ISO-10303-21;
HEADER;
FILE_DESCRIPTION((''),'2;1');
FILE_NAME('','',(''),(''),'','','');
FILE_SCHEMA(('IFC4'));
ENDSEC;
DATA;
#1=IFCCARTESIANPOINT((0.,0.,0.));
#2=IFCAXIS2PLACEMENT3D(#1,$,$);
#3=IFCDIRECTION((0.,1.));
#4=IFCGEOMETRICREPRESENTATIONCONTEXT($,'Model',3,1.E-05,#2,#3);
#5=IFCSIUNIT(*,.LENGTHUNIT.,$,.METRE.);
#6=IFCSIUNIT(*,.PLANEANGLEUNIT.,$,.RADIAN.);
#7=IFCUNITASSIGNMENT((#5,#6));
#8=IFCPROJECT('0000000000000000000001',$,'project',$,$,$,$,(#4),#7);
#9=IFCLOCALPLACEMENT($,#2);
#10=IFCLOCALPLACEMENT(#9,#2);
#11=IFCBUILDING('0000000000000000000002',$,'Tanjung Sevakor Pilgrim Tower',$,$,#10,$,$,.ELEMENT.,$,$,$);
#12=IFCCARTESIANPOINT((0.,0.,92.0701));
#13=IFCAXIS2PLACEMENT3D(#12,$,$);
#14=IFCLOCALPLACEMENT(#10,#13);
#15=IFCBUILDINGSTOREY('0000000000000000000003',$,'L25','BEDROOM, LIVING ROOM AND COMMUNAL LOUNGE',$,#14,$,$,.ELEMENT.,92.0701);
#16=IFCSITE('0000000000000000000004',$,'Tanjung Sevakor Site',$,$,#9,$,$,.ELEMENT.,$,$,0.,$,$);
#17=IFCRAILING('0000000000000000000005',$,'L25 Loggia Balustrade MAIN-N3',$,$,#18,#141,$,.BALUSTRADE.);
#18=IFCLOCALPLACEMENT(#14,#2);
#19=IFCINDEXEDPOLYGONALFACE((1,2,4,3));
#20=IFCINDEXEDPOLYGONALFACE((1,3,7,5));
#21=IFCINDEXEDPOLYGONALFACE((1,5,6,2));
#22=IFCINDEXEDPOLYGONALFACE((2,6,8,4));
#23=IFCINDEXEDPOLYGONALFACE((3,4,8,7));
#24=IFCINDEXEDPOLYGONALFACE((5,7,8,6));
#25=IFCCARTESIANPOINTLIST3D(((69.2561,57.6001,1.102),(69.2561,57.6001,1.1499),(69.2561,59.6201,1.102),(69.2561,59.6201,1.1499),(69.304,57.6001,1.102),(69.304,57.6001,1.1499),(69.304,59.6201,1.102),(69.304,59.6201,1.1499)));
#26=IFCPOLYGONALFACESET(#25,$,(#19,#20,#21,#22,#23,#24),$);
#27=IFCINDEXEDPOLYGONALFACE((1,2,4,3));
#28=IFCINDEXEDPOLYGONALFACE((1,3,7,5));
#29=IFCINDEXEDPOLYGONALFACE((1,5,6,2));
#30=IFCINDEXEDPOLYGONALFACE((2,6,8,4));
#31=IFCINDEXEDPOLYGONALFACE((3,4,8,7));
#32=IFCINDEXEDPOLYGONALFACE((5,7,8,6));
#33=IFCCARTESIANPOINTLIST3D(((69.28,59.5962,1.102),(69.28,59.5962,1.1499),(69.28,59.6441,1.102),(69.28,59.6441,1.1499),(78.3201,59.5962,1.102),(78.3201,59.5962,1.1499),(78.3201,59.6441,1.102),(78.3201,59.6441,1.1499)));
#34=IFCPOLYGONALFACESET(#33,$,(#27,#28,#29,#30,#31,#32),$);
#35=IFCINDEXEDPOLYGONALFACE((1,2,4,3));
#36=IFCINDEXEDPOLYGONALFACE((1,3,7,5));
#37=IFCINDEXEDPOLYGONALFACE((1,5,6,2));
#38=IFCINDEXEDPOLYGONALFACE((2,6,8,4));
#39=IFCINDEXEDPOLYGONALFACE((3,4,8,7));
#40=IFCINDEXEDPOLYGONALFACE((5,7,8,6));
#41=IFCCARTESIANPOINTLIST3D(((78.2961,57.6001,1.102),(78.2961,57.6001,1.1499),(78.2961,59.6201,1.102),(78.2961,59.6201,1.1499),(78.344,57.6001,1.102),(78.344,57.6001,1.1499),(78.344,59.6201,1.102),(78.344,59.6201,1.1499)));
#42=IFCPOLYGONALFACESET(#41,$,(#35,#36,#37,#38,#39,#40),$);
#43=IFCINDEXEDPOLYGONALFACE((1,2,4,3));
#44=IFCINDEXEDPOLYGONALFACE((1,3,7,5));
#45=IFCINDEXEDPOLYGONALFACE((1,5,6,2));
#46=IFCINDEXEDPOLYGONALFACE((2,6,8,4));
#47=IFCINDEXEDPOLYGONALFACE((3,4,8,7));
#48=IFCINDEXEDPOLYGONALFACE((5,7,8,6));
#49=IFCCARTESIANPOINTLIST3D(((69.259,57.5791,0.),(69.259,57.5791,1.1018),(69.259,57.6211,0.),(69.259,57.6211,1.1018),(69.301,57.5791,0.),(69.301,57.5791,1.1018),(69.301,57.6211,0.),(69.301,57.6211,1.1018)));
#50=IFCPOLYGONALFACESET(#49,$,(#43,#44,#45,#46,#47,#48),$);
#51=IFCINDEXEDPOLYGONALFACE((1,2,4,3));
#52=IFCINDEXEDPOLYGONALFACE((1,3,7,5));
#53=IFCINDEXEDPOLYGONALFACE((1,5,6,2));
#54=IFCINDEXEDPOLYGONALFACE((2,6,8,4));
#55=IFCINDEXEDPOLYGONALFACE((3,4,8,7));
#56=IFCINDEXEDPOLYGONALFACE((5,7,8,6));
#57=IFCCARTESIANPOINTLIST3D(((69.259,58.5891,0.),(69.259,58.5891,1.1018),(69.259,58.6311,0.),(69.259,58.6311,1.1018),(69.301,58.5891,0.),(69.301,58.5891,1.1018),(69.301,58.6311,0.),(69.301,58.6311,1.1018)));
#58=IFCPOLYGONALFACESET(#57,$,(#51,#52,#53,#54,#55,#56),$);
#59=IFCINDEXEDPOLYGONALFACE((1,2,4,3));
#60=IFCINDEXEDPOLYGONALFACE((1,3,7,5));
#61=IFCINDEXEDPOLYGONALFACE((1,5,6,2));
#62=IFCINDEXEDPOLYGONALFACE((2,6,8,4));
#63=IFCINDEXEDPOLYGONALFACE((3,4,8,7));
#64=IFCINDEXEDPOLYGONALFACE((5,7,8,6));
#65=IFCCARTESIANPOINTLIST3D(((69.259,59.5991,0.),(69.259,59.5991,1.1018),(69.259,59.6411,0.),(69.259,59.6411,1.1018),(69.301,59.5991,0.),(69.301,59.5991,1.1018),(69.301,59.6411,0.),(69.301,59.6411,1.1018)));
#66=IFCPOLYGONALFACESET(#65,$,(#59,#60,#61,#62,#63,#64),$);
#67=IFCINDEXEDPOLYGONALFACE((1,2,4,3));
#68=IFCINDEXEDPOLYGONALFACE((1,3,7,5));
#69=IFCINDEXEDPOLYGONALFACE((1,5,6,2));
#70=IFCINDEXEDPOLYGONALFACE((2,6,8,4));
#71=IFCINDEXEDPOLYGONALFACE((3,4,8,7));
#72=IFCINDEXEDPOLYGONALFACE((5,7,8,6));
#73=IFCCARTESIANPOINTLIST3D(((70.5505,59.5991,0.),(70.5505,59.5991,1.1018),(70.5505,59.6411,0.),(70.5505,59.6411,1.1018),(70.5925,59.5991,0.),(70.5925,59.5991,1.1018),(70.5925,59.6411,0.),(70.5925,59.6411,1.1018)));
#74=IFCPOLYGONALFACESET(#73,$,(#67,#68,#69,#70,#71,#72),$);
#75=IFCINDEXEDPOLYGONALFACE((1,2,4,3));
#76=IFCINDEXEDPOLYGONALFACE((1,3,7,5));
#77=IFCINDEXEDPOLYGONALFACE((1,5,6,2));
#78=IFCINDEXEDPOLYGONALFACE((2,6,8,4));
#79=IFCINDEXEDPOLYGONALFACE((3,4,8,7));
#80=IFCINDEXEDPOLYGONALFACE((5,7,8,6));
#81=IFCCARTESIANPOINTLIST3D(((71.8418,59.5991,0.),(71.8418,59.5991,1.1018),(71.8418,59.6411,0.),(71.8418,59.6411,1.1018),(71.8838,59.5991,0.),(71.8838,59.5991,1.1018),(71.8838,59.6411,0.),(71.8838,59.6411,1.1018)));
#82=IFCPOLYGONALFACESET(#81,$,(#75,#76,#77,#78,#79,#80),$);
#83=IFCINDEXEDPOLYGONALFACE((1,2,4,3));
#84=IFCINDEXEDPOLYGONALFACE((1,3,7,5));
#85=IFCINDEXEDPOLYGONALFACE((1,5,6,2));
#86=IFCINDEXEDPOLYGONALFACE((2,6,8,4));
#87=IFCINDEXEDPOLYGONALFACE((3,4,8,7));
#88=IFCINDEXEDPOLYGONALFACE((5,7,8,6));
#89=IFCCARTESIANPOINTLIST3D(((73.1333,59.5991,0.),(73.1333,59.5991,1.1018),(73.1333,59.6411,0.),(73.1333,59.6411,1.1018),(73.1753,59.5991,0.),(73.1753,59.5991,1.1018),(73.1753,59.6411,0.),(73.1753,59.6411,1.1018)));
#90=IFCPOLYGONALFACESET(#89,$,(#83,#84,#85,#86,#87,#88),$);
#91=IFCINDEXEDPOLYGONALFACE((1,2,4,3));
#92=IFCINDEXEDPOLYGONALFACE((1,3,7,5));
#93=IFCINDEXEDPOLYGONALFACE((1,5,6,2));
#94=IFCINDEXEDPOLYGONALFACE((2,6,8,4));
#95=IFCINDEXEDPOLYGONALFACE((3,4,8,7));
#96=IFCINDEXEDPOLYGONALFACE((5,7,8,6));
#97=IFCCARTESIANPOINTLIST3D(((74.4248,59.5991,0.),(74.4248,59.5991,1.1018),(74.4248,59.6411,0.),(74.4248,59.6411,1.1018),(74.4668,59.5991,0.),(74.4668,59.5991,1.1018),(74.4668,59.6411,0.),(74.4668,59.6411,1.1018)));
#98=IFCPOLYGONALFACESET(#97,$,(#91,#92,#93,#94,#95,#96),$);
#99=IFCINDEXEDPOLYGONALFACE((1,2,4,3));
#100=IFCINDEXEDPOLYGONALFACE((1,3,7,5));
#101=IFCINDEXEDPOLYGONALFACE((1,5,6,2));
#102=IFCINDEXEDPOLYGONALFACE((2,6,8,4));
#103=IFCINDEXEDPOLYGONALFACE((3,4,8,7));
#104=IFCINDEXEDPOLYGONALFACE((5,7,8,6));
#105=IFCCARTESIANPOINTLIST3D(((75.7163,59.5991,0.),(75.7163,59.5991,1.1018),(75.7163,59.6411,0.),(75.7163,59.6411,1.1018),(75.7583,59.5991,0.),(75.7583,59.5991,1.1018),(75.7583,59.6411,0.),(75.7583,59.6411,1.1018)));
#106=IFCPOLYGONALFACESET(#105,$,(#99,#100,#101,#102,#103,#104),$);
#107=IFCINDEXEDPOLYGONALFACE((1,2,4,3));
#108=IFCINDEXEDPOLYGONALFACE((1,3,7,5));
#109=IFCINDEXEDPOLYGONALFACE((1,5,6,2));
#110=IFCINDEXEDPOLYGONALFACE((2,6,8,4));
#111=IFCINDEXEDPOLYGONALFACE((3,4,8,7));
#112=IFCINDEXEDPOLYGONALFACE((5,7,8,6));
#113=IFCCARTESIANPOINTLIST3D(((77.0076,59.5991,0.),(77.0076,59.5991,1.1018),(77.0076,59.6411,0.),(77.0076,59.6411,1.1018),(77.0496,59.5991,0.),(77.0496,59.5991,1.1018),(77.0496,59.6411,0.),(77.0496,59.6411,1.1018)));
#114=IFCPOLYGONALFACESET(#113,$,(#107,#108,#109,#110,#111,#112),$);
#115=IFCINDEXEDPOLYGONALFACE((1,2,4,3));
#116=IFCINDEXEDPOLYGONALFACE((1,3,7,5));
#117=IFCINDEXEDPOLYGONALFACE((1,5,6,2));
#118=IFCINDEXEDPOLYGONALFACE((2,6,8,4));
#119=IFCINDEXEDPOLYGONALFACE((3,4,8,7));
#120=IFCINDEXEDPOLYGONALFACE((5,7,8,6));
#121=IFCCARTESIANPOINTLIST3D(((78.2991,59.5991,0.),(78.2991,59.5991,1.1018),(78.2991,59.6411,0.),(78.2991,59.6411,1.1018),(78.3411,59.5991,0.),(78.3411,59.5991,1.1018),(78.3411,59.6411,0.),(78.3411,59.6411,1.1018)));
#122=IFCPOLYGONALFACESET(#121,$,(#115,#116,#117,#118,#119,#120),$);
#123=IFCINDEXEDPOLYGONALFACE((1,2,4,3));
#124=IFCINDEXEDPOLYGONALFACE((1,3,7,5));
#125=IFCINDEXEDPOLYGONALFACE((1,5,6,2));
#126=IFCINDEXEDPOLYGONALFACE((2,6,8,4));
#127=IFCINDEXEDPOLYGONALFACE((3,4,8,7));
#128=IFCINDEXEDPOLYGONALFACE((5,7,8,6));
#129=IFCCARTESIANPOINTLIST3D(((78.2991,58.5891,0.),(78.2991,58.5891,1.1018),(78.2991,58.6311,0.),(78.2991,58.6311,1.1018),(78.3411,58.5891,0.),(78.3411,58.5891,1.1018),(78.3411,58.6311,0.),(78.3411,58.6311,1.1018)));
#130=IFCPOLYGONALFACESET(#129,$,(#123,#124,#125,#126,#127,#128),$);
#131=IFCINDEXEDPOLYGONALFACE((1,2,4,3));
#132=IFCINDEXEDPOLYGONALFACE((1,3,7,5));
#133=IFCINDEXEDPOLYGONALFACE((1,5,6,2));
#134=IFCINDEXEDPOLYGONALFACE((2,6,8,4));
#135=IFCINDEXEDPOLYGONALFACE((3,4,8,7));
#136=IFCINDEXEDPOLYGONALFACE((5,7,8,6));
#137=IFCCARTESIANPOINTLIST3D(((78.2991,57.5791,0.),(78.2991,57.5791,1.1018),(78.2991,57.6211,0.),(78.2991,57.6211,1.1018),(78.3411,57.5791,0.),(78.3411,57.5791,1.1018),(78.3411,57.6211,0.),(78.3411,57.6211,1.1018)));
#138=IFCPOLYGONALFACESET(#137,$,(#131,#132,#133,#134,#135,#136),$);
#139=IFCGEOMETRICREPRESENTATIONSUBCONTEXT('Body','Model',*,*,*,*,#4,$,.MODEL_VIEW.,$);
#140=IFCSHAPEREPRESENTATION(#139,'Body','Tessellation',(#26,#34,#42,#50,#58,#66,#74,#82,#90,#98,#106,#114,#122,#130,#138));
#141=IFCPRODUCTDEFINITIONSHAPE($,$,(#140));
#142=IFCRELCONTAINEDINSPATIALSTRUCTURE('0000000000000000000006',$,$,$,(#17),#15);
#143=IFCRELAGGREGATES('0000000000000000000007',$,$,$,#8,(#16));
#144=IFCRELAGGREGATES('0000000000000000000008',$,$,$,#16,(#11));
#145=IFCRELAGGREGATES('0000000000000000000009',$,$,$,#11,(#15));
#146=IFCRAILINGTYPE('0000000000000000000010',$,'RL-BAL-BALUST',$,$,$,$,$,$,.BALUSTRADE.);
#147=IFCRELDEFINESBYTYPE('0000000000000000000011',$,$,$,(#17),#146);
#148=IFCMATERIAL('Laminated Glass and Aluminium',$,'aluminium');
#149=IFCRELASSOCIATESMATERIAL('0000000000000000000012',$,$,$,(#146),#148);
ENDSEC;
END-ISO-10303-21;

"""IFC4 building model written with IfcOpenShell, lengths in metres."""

from ifc_helpers import new_model, si_unit, direction, frame, origin, place, context, subcontext, project, spatial, rectangle, extrude, material, type_object, element, save


model = new_model("IFC4")

# Units and contexts
model_context = context("Model", 3, precision=1e-05, world=origin(), true_north=direction((0.0, 1.0)))
body_context = subcontext(model_context, "Body", "Model", "MODEL_VIEW")
ifc_project = project(units=[si_unit("LENGTHUNIT", "METRE"), si_unit("PLANEANGLEUNIT", "RADIAN")], contexts=[model_context])

# Site, building, storey
site_placement = place(None, origin())
site = spatial("IfcSite", under=ifc_project, at=site_placement, Name="Tanjung Sevakor Site", CompositionType="ELEMENT", RefElevation=0.0)
building_placement = place(site_placement, origin())
building = spatial("IfcBuilding", under=site, at=building_placement, Name="Tanjung Sevakor Pilgrim Tower", CompositionType="ELEMENT")
storey_placement = place(building_placement, frame((0.0, 0.0, 92.0701)))
storey = spatial("IfcBuildingStorey", under=building, at=storey_placement, Name="L25", Description="BEDROOM, LIVING ROOM AND COMMUNAL LOUNGE", CompositionType="ELEMENT", Elevation=92.0701)

# Railing
ifc_material_1 = material(Name="Laminated Glass and Aluminium", Category="aluminium")
railing_type_1 = type_object("IfcRailingType", Name="RL-BAL-BALUST", PredefinedType="BALUSTRADE", material=ifc_material_1)
railing_1_placement = place(storey_placement, frame((69.28, 57.6001, 0.0)))
element("IfcRailing", 1, at=railing_1_placement, inside=storey, type_object=railing_type_1, Name="L25 Loggia Balustrade MAIN-N3", PredefinedType="BALUSTRADE", context=body_context, shape_type="SweptSolid", body=[
    extrude(rectangle(XDim=0.0479, YDim=0.0479), frame((0.0, 0.0, 1.126), z_axis=(0.0, 1.0, 0.0), x_axis=(-1.0, 0.0, 0.0)), (0.0, 0.0, 1.0), 2.02),
    extrude(rectangle(XDim=0.0479, YDim=0.0479), frame((0.0, 2.02, 1.126), z_axis=(1.0, 0.0, 0.0), x_axis=(0.0, 1.0, 0.0)), (0.0, 0.0, 1.0), 9.04),
    extrude(rectangle(XDim=0.0479, YDim=0.0479), frame((9.04, 2.02, 1.126), z_axis=(0.0, -1.0, 0.0), x_axis=(1.0, 0.0, 0.0)), (0.0, 0.0, 1.0), 2.02),
    extrude(rectangle(XDim=0.042, YDim=0.042), origin(), (0.0, 0.0, 1.0), 1.1018),
    extrude(rectangle(XDim=0.042, YDim=0.042), frame((0.0, 1.01, 0.0)), (0.0, 0.0, 1.0), 1.1018),
    extrude(rectangle(XDim=0.042, YDim=0.042), frame((0.0, 2.02, 0.0)), (0.0, 0.0, 1.0), 1.1018),
    extrude(rectangle(XDim=0.042, YDim=0.042), frame((1.2915, 2.02, 0.0)), (0.0, 0.0, 1.0), 1.1018),
    extrude(rectangle(XDim=0.042, YDim=0.042), frame((2.5828, 2.02, 0.0)), (0.0, 0.0, 1.0), 1.1018),
    extrude(rectangle(XDim=0.042, YDim=0.042), frame((3.8743, 2.02, 0.0)), (0.0, 0.0, 1.0), 1.1018),
    extrude(rectangle(XDim=0.042, YDim=0.042), frame((5.1658, 2.02, 0.0)), (0.0, 0.0, 1.0), 1.1018),
    extrude(rectangle(XDim=0.042, YDim=0.042), frame((6.4573, 2.02, 0.0)), (0.0, 0.0, 1.0), 1.1018),
    extrude(rectangle(XDim=0.042, YDim=0.042), frame((7.7485, 2.02, 0.0)), (0.0, 0.0, 1.0), 1.1018),
    extrude(rectangle(XDim=0.042, YDim=0.042), frame((9.04, 2.02, 0.0)), (0.0, 0.0, 1.0), 1.1018),
    extrude(rectangle(XDim=0.042, YDim=0.042), frame((9.04, 1.01, 0.0)), (0.0, 0.0, 1.0), 1.1018),
    extrude(rectangle(XDim=0.042, YDim=0.042), frame((9.04, 0.0, 0.0)), (0.0, 0.0, 1.0), 1.1018),
])

save(model, "model.ifc")
